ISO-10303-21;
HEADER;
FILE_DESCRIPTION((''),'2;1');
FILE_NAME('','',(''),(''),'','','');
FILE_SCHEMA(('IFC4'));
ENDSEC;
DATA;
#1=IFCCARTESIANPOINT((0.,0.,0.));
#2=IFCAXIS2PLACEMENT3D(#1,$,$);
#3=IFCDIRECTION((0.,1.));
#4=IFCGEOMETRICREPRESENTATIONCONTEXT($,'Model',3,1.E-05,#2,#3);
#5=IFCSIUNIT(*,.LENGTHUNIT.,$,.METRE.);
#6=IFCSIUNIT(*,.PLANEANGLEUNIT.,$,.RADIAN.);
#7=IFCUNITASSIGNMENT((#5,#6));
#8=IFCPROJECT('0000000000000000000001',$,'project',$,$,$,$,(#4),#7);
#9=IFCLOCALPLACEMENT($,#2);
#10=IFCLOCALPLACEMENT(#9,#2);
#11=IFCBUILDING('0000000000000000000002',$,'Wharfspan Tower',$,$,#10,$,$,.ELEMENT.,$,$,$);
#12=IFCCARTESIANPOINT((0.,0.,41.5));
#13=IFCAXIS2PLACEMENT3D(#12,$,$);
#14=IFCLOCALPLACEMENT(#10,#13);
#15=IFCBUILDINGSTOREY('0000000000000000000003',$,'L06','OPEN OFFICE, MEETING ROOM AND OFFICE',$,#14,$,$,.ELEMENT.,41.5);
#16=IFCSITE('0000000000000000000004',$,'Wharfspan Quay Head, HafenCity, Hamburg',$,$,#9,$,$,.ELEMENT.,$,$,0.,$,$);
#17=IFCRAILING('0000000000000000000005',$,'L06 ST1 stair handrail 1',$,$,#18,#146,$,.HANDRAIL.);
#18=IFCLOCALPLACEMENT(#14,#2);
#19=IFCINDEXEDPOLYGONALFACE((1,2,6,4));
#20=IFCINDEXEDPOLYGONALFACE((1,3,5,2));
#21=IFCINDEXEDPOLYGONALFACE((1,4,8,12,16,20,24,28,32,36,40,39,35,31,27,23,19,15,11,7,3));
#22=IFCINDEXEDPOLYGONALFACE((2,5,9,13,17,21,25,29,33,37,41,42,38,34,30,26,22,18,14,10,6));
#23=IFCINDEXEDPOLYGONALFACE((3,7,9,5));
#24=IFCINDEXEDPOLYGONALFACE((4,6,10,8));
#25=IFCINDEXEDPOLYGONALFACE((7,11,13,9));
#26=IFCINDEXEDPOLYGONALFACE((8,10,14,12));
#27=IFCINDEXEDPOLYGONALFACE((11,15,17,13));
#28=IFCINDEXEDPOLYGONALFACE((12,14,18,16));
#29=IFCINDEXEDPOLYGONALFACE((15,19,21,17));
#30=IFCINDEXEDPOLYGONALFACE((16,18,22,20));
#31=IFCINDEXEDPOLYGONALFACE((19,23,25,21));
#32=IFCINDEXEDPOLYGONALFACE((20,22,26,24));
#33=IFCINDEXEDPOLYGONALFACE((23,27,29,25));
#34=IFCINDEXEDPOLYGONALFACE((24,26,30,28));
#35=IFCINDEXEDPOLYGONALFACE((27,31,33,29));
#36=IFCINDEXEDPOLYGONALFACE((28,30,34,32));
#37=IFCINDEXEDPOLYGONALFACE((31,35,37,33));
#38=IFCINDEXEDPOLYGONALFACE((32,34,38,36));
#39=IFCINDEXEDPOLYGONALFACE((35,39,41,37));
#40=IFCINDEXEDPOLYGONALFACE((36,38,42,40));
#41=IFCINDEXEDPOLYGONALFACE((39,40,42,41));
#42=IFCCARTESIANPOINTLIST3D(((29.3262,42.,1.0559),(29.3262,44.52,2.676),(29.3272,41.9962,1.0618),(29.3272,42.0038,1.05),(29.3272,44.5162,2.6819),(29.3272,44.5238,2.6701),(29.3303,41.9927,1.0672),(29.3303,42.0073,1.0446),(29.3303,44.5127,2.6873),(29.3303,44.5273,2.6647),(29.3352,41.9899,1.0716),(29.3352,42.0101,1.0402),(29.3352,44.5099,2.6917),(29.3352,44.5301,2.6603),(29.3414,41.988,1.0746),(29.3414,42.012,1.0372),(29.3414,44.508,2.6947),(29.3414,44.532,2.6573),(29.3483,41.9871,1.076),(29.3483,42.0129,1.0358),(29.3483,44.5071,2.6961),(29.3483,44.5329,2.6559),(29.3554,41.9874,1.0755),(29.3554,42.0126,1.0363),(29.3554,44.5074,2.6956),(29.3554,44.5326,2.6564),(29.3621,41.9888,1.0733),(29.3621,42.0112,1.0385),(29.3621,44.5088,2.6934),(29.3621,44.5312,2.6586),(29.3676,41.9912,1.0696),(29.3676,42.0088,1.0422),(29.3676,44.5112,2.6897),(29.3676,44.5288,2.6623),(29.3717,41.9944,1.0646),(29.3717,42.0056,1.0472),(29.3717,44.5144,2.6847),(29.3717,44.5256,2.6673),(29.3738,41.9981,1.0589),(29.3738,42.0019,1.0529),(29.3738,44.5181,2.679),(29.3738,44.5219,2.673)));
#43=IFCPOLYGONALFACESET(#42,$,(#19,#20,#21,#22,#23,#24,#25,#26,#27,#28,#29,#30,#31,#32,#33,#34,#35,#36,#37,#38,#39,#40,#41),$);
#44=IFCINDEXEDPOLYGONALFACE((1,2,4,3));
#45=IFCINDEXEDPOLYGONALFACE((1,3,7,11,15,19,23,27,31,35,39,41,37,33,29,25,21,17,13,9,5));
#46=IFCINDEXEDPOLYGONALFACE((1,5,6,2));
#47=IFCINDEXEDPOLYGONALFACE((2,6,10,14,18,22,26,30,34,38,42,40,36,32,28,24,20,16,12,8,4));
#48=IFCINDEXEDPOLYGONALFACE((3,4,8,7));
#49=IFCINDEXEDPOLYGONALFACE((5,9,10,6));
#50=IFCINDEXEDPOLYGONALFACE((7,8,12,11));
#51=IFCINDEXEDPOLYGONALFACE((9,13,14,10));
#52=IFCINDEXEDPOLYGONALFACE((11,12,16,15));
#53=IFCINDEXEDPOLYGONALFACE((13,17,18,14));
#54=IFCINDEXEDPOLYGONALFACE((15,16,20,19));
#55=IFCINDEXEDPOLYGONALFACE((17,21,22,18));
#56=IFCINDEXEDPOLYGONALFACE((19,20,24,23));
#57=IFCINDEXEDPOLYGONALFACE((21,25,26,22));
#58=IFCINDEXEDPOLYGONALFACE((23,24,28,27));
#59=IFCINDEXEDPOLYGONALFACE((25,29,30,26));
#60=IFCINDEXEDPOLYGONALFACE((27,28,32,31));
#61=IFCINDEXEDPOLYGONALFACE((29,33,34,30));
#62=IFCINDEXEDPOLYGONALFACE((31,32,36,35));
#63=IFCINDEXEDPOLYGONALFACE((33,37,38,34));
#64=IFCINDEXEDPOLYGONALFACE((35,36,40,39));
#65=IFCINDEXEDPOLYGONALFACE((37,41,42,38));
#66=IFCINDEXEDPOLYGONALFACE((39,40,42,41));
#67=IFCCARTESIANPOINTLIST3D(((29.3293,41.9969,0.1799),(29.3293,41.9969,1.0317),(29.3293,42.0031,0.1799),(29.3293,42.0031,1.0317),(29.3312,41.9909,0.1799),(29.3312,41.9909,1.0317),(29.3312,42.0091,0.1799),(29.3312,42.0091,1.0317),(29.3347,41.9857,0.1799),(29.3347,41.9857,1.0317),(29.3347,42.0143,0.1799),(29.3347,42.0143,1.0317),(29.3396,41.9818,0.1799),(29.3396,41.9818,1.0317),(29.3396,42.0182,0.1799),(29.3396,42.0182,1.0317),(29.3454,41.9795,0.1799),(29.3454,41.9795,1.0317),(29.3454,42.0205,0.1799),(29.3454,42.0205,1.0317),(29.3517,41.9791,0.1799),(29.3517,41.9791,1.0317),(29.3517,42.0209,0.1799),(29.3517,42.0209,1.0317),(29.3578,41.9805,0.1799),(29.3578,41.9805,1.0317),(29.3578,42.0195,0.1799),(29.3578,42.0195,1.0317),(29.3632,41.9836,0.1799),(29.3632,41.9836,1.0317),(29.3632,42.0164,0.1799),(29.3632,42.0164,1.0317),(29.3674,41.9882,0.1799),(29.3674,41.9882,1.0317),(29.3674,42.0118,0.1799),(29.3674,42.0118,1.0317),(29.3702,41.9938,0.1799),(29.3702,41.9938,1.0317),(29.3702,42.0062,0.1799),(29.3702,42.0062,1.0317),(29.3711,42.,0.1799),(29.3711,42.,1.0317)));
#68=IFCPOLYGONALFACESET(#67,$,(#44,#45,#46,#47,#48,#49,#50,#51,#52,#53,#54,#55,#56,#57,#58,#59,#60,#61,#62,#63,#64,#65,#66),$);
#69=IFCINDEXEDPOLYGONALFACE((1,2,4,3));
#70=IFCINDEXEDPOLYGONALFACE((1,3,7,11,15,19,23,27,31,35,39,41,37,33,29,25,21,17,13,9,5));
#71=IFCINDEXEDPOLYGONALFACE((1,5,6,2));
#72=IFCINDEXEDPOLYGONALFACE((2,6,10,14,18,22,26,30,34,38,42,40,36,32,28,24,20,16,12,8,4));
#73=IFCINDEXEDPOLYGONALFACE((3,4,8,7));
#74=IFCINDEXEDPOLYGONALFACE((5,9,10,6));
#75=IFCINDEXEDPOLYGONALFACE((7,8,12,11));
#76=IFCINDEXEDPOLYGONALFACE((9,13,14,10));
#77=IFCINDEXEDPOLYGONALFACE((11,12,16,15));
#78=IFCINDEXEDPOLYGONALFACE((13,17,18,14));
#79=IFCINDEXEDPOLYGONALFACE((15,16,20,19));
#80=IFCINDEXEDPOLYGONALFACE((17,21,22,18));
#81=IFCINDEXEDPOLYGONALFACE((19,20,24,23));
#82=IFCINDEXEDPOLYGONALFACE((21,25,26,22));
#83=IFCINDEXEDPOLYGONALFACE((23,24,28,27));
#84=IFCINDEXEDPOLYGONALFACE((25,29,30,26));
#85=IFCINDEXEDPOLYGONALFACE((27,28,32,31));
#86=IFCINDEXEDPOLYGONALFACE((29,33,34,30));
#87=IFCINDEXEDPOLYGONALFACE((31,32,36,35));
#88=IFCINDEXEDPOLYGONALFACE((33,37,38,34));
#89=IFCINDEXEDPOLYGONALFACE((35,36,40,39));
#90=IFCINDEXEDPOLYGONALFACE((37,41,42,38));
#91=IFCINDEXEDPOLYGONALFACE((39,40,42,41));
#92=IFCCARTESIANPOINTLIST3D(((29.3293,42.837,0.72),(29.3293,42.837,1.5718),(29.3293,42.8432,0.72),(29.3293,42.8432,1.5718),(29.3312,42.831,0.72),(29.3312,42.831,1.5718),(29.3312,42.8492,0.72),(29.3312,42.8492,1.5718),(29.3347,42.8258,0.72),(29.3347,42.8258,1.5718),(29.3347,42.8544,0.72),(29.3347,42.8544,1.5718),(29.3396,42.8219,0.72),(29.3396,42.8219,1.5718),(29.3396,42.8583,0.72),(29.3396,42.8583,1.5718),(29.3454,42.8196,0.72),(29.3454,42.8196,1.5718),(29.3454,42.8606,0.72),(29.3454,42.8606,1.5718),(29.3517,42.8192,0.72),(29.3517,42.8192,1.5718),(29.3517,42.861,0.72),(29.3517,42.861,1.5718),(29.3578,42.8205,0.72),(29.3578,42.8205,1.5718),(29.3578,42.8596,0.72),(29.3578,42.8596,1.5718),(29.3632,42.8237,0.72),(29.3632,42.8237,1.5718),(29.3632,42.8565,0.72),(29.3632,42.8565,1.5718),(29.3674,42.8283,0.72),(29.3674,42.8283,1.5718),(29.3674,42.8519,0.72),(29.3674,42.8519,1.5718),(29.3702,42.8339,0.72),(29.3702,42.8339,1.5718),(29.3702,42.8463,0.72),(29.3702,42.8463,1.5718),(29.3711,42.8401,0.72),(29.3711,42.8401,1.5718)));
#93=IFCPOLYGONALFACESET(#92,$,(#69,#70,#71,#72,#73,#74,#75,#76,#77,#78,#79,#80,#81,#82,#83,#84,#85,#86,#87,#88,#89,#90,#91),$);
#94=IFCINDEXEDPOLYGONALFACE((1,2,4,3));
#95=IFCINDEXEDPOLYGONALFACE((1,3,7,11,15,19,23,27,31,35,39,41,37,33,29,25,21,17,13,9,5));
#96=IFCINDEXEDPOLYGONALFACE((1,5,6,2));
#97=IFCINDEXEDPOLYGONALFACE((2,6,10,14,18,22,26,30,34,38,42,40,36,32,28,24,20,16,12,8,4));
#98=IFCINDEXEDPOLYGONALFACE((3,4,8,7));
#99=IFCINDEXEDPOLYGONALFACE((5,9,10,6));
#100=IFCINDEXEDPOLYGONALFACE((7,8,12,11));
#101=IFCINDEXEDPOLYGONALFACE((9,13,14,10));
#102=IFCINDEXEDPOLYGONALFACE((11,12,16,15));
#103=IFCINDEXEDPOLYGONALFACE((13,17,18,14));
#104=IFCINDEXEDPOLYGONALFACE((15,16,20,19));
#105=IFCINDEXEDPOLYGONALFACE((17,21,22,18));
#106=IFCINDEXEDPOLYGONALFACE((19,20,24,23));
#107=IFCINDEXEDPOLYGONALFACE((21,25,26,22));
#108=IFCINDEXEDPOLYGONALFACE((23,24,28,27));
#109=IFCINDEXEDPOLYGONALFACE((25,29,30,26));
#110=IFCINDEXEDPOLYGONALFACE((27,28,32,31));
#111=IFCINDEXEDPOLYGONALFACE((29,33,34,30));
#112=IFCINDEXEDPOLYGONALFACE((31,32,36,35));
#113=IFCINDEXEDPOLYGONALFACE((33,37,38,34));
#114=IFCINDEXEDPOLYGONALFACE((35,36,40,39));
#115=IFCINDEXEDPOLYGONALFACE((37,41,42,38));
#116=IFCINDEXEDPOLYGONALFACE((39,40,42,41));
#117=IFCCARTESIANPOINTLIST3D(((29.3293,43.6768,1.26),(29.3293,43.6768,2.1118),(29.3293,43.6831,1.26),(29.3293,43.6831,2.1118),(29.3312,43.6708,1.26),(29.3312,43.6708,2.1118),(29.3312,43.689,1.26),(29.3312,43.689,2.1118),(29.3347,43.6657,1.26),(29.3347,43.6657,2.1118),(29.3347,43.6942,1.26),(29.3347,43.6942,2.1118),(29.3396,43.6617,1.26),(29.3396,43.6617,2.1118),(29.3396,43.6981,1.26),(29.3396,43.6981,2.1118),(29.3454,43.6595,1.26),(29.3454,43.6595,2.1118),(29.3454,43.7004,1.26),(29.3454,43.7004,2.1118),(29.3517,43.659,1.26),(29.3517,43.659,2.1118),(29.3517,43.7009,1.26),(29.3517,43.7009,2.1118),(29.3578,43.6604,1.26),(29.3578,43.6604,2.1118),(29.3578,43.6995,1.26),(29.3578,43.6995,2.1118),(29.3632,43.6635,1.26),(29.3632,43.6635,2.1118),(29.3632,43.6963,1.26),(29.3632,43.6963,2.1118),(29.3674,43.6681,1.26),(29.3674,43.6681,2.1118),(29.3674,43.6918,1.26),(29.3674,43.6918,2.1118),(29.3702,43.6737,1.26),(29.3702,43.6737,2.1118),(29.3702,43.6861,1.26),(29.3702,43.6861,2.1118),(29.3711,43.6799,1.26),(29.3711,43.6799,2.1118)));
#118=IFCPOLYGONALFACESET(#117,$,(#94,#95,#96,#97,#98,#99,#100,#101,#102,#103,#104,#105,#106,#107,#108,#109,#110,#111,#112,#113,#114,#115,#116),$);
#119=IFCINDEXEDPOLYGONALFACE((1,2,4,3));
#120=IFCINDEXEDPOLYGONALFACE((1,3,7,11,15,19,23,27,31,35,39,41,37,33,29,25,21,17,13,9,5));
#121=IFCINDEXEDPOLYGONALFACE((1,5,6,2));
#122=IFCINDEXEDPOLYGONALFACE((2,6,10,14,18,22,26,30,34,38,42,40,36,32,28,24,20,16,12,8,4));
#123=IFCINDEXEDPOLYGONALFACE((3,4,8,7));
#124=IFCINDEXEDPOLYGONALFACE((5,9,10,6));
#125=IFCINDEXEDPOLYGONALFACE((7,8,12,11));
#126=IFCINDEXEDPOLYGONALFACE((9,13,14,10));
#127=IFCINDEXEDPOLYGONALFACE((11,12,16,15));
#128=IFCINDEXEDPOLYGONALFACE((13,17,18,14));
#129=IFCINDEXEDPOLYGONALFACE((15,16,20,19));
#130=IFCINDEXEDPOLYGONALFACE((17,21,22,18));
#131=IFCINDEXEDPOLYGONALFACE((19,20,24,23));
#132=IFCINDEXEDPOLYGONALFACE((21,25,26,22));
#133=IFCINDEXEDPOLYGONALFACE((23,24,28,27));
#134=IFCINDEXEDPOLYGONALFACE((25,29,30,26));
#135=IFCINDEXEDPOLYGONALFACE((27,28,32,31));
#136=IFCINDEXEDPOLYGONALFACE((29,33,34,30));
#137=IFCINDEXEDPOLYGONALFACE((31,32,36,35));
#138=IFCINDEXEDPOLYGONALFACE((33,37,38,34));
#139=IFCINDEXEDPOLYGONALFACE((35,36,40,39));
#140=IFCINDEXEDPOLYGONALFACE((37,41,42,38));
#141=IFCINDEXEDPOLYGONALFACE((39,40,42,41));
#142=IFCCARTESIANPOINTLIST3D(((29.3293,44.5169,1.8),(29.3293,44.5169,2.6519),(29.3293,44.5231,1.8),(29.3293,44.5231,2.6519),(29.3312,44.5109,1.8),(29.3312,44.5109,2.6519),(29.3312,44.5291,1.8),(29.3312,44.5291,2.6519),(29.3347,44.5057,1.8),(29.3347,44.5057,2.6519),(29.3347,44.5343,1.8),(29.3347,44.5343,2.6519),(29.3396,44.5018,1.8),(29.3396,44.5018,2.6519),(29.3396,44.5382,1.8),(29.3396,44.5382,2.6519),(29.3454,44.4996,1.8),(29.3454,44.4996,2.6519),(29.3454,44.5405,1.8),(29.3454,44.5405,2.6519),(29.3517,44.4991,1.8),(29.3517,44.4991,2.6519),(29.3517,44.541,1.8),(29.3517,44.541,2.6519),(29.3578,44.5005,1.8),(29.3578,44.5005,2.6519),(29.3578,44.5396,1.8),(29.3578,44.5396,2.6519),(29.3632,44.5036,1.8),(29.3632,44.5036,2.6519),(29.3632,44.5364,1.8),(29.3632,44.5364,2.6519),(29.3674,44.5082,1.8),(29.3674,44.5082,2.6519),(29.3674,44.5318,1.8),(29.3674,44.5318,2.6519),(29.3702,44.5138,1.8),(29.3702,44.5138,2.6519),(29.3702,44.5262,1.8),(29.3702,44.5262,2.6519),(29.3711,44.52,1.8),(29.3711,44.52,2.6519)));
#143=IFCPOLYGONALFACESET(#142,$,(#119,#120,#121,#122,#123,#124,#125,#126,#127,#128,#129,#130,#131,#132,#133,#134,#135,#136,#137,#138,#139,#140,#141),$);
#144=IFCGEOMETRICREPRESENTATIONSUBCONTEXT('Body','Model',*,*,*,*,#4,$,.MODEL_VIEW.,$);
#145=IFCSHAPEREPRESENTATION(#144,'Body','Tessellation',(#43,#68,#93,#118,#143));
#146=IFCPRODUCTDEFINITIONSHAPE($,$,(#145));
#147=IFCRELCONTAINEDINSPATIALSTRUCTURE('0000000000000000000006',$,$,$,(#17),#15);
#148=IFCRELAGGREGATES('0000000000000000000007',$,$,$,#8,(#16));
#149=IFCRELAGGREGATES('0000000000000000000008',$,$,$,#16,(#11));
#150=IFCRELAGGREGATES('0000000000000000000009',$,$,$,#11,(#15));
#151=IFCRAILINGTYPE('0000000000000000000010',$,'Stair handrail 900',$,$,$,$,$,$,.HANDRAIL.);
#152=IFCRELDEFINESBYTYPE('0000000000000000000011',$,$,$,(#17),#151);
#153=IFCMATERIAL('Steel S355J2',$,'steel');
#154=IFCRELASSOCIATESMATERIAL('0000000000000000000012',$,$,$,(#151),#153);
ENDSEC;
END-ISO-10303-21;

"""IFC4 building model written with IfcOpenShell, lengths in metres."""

from ifc_helpers import new_model, si_unit, direction, frame, origin, origin_2d, place, context, subcontext, project, spatial, circle, extrude, material, type_object, element, save


model = new_model("IFC4")

# Units and contexts
model_context = context("Model", 3, precision=1e-05, world=origin(), true_north=direction((0.0, 1.0)))
body_context = subcontext(model_context, "Body", "Model", "MODEL_VIEW")
ifc_project = project(units=[si_unit("LENGTHUNIT", "METRE"), si_unit("PLANEANGLEUNIT", "RADIAN")], contexts=[model_context])

# Site, building, storey
site_placement = place(None, origin())
site = spatial("IfcSite", under=ifc_project, at=site_placement, Name="Wharfspan Quay Head, HafenCity, Hamburg", CompositionType="ELEMENT", RefElevation=0.0)
building_placement = place(site_placement, origin())
building = spatial("IfcBuilding", under=site, at=building_placement, Name="Wharfspan Tower", CompositionType="ELEMENT")
storey_placement = place(building_placement, frame((0.0, 0.0, 41.5)))
storey = spatial("IfcBuildingStorey", under=building, at=storey_placement, Name="L06", Description="OPEN OFFICE, MEETING ROOM AND OFFICE", CompositionType="ELEMENT", Elevation=41.5)

# Shared definitions
ifc_material_1 = material(Name="Steel S355J2", Category="steel")

# Railing
railing_type_1 = type_object("IfcRailingType", Name="Stair handrail 900", PredefinedType="HANDRAIL", material=ifc_material_1)
railing_1_placement = place(storey_placement, frame((29.3501, 42.0, 0.1799)))
element("IfcRailing", 1, at=railing_1_placement, inside=storey, type_object=railing_type_1, Name="L06 ST1 stair handrail 1", PredefinedType="HANDRAIL", context=body_context, shape_type="SweptSolid", body=[
    extrude(circle(Radius=0.0239, at=origin_2d()), frame((0.0, 0.0, 0.876), z_axis=(0.0, 0.841163, 0.540782), x_axis=(-1.0, 0.0, 0.0)), (0.0, 0.0, 1.0), 2.9958),
    extrude(circle(Radius=0.021, at=origin_2d()), origin(), (0.0, 0.0, 1.0), 0.8518),
    extrude(circle(Radius=0.021, at=origin_2d()), frame((0.0, 0.8401, 0.54)), (0.0, 0.0, 1.0), 0.8518),
    extrude(circle(Radius=0.021, at=origin_2d()), frame((0.0, 1.6799, 1.0801)), (0.0, 0.0, 1.0), 0.8518),
    extrude(circle(Radius=0.021, at=origin_2d()), frame((0.0, 2.52, 1.6201)), (0.0, 0.0, 1.0), 0.8518),
])

save(model, "model.ifc")
